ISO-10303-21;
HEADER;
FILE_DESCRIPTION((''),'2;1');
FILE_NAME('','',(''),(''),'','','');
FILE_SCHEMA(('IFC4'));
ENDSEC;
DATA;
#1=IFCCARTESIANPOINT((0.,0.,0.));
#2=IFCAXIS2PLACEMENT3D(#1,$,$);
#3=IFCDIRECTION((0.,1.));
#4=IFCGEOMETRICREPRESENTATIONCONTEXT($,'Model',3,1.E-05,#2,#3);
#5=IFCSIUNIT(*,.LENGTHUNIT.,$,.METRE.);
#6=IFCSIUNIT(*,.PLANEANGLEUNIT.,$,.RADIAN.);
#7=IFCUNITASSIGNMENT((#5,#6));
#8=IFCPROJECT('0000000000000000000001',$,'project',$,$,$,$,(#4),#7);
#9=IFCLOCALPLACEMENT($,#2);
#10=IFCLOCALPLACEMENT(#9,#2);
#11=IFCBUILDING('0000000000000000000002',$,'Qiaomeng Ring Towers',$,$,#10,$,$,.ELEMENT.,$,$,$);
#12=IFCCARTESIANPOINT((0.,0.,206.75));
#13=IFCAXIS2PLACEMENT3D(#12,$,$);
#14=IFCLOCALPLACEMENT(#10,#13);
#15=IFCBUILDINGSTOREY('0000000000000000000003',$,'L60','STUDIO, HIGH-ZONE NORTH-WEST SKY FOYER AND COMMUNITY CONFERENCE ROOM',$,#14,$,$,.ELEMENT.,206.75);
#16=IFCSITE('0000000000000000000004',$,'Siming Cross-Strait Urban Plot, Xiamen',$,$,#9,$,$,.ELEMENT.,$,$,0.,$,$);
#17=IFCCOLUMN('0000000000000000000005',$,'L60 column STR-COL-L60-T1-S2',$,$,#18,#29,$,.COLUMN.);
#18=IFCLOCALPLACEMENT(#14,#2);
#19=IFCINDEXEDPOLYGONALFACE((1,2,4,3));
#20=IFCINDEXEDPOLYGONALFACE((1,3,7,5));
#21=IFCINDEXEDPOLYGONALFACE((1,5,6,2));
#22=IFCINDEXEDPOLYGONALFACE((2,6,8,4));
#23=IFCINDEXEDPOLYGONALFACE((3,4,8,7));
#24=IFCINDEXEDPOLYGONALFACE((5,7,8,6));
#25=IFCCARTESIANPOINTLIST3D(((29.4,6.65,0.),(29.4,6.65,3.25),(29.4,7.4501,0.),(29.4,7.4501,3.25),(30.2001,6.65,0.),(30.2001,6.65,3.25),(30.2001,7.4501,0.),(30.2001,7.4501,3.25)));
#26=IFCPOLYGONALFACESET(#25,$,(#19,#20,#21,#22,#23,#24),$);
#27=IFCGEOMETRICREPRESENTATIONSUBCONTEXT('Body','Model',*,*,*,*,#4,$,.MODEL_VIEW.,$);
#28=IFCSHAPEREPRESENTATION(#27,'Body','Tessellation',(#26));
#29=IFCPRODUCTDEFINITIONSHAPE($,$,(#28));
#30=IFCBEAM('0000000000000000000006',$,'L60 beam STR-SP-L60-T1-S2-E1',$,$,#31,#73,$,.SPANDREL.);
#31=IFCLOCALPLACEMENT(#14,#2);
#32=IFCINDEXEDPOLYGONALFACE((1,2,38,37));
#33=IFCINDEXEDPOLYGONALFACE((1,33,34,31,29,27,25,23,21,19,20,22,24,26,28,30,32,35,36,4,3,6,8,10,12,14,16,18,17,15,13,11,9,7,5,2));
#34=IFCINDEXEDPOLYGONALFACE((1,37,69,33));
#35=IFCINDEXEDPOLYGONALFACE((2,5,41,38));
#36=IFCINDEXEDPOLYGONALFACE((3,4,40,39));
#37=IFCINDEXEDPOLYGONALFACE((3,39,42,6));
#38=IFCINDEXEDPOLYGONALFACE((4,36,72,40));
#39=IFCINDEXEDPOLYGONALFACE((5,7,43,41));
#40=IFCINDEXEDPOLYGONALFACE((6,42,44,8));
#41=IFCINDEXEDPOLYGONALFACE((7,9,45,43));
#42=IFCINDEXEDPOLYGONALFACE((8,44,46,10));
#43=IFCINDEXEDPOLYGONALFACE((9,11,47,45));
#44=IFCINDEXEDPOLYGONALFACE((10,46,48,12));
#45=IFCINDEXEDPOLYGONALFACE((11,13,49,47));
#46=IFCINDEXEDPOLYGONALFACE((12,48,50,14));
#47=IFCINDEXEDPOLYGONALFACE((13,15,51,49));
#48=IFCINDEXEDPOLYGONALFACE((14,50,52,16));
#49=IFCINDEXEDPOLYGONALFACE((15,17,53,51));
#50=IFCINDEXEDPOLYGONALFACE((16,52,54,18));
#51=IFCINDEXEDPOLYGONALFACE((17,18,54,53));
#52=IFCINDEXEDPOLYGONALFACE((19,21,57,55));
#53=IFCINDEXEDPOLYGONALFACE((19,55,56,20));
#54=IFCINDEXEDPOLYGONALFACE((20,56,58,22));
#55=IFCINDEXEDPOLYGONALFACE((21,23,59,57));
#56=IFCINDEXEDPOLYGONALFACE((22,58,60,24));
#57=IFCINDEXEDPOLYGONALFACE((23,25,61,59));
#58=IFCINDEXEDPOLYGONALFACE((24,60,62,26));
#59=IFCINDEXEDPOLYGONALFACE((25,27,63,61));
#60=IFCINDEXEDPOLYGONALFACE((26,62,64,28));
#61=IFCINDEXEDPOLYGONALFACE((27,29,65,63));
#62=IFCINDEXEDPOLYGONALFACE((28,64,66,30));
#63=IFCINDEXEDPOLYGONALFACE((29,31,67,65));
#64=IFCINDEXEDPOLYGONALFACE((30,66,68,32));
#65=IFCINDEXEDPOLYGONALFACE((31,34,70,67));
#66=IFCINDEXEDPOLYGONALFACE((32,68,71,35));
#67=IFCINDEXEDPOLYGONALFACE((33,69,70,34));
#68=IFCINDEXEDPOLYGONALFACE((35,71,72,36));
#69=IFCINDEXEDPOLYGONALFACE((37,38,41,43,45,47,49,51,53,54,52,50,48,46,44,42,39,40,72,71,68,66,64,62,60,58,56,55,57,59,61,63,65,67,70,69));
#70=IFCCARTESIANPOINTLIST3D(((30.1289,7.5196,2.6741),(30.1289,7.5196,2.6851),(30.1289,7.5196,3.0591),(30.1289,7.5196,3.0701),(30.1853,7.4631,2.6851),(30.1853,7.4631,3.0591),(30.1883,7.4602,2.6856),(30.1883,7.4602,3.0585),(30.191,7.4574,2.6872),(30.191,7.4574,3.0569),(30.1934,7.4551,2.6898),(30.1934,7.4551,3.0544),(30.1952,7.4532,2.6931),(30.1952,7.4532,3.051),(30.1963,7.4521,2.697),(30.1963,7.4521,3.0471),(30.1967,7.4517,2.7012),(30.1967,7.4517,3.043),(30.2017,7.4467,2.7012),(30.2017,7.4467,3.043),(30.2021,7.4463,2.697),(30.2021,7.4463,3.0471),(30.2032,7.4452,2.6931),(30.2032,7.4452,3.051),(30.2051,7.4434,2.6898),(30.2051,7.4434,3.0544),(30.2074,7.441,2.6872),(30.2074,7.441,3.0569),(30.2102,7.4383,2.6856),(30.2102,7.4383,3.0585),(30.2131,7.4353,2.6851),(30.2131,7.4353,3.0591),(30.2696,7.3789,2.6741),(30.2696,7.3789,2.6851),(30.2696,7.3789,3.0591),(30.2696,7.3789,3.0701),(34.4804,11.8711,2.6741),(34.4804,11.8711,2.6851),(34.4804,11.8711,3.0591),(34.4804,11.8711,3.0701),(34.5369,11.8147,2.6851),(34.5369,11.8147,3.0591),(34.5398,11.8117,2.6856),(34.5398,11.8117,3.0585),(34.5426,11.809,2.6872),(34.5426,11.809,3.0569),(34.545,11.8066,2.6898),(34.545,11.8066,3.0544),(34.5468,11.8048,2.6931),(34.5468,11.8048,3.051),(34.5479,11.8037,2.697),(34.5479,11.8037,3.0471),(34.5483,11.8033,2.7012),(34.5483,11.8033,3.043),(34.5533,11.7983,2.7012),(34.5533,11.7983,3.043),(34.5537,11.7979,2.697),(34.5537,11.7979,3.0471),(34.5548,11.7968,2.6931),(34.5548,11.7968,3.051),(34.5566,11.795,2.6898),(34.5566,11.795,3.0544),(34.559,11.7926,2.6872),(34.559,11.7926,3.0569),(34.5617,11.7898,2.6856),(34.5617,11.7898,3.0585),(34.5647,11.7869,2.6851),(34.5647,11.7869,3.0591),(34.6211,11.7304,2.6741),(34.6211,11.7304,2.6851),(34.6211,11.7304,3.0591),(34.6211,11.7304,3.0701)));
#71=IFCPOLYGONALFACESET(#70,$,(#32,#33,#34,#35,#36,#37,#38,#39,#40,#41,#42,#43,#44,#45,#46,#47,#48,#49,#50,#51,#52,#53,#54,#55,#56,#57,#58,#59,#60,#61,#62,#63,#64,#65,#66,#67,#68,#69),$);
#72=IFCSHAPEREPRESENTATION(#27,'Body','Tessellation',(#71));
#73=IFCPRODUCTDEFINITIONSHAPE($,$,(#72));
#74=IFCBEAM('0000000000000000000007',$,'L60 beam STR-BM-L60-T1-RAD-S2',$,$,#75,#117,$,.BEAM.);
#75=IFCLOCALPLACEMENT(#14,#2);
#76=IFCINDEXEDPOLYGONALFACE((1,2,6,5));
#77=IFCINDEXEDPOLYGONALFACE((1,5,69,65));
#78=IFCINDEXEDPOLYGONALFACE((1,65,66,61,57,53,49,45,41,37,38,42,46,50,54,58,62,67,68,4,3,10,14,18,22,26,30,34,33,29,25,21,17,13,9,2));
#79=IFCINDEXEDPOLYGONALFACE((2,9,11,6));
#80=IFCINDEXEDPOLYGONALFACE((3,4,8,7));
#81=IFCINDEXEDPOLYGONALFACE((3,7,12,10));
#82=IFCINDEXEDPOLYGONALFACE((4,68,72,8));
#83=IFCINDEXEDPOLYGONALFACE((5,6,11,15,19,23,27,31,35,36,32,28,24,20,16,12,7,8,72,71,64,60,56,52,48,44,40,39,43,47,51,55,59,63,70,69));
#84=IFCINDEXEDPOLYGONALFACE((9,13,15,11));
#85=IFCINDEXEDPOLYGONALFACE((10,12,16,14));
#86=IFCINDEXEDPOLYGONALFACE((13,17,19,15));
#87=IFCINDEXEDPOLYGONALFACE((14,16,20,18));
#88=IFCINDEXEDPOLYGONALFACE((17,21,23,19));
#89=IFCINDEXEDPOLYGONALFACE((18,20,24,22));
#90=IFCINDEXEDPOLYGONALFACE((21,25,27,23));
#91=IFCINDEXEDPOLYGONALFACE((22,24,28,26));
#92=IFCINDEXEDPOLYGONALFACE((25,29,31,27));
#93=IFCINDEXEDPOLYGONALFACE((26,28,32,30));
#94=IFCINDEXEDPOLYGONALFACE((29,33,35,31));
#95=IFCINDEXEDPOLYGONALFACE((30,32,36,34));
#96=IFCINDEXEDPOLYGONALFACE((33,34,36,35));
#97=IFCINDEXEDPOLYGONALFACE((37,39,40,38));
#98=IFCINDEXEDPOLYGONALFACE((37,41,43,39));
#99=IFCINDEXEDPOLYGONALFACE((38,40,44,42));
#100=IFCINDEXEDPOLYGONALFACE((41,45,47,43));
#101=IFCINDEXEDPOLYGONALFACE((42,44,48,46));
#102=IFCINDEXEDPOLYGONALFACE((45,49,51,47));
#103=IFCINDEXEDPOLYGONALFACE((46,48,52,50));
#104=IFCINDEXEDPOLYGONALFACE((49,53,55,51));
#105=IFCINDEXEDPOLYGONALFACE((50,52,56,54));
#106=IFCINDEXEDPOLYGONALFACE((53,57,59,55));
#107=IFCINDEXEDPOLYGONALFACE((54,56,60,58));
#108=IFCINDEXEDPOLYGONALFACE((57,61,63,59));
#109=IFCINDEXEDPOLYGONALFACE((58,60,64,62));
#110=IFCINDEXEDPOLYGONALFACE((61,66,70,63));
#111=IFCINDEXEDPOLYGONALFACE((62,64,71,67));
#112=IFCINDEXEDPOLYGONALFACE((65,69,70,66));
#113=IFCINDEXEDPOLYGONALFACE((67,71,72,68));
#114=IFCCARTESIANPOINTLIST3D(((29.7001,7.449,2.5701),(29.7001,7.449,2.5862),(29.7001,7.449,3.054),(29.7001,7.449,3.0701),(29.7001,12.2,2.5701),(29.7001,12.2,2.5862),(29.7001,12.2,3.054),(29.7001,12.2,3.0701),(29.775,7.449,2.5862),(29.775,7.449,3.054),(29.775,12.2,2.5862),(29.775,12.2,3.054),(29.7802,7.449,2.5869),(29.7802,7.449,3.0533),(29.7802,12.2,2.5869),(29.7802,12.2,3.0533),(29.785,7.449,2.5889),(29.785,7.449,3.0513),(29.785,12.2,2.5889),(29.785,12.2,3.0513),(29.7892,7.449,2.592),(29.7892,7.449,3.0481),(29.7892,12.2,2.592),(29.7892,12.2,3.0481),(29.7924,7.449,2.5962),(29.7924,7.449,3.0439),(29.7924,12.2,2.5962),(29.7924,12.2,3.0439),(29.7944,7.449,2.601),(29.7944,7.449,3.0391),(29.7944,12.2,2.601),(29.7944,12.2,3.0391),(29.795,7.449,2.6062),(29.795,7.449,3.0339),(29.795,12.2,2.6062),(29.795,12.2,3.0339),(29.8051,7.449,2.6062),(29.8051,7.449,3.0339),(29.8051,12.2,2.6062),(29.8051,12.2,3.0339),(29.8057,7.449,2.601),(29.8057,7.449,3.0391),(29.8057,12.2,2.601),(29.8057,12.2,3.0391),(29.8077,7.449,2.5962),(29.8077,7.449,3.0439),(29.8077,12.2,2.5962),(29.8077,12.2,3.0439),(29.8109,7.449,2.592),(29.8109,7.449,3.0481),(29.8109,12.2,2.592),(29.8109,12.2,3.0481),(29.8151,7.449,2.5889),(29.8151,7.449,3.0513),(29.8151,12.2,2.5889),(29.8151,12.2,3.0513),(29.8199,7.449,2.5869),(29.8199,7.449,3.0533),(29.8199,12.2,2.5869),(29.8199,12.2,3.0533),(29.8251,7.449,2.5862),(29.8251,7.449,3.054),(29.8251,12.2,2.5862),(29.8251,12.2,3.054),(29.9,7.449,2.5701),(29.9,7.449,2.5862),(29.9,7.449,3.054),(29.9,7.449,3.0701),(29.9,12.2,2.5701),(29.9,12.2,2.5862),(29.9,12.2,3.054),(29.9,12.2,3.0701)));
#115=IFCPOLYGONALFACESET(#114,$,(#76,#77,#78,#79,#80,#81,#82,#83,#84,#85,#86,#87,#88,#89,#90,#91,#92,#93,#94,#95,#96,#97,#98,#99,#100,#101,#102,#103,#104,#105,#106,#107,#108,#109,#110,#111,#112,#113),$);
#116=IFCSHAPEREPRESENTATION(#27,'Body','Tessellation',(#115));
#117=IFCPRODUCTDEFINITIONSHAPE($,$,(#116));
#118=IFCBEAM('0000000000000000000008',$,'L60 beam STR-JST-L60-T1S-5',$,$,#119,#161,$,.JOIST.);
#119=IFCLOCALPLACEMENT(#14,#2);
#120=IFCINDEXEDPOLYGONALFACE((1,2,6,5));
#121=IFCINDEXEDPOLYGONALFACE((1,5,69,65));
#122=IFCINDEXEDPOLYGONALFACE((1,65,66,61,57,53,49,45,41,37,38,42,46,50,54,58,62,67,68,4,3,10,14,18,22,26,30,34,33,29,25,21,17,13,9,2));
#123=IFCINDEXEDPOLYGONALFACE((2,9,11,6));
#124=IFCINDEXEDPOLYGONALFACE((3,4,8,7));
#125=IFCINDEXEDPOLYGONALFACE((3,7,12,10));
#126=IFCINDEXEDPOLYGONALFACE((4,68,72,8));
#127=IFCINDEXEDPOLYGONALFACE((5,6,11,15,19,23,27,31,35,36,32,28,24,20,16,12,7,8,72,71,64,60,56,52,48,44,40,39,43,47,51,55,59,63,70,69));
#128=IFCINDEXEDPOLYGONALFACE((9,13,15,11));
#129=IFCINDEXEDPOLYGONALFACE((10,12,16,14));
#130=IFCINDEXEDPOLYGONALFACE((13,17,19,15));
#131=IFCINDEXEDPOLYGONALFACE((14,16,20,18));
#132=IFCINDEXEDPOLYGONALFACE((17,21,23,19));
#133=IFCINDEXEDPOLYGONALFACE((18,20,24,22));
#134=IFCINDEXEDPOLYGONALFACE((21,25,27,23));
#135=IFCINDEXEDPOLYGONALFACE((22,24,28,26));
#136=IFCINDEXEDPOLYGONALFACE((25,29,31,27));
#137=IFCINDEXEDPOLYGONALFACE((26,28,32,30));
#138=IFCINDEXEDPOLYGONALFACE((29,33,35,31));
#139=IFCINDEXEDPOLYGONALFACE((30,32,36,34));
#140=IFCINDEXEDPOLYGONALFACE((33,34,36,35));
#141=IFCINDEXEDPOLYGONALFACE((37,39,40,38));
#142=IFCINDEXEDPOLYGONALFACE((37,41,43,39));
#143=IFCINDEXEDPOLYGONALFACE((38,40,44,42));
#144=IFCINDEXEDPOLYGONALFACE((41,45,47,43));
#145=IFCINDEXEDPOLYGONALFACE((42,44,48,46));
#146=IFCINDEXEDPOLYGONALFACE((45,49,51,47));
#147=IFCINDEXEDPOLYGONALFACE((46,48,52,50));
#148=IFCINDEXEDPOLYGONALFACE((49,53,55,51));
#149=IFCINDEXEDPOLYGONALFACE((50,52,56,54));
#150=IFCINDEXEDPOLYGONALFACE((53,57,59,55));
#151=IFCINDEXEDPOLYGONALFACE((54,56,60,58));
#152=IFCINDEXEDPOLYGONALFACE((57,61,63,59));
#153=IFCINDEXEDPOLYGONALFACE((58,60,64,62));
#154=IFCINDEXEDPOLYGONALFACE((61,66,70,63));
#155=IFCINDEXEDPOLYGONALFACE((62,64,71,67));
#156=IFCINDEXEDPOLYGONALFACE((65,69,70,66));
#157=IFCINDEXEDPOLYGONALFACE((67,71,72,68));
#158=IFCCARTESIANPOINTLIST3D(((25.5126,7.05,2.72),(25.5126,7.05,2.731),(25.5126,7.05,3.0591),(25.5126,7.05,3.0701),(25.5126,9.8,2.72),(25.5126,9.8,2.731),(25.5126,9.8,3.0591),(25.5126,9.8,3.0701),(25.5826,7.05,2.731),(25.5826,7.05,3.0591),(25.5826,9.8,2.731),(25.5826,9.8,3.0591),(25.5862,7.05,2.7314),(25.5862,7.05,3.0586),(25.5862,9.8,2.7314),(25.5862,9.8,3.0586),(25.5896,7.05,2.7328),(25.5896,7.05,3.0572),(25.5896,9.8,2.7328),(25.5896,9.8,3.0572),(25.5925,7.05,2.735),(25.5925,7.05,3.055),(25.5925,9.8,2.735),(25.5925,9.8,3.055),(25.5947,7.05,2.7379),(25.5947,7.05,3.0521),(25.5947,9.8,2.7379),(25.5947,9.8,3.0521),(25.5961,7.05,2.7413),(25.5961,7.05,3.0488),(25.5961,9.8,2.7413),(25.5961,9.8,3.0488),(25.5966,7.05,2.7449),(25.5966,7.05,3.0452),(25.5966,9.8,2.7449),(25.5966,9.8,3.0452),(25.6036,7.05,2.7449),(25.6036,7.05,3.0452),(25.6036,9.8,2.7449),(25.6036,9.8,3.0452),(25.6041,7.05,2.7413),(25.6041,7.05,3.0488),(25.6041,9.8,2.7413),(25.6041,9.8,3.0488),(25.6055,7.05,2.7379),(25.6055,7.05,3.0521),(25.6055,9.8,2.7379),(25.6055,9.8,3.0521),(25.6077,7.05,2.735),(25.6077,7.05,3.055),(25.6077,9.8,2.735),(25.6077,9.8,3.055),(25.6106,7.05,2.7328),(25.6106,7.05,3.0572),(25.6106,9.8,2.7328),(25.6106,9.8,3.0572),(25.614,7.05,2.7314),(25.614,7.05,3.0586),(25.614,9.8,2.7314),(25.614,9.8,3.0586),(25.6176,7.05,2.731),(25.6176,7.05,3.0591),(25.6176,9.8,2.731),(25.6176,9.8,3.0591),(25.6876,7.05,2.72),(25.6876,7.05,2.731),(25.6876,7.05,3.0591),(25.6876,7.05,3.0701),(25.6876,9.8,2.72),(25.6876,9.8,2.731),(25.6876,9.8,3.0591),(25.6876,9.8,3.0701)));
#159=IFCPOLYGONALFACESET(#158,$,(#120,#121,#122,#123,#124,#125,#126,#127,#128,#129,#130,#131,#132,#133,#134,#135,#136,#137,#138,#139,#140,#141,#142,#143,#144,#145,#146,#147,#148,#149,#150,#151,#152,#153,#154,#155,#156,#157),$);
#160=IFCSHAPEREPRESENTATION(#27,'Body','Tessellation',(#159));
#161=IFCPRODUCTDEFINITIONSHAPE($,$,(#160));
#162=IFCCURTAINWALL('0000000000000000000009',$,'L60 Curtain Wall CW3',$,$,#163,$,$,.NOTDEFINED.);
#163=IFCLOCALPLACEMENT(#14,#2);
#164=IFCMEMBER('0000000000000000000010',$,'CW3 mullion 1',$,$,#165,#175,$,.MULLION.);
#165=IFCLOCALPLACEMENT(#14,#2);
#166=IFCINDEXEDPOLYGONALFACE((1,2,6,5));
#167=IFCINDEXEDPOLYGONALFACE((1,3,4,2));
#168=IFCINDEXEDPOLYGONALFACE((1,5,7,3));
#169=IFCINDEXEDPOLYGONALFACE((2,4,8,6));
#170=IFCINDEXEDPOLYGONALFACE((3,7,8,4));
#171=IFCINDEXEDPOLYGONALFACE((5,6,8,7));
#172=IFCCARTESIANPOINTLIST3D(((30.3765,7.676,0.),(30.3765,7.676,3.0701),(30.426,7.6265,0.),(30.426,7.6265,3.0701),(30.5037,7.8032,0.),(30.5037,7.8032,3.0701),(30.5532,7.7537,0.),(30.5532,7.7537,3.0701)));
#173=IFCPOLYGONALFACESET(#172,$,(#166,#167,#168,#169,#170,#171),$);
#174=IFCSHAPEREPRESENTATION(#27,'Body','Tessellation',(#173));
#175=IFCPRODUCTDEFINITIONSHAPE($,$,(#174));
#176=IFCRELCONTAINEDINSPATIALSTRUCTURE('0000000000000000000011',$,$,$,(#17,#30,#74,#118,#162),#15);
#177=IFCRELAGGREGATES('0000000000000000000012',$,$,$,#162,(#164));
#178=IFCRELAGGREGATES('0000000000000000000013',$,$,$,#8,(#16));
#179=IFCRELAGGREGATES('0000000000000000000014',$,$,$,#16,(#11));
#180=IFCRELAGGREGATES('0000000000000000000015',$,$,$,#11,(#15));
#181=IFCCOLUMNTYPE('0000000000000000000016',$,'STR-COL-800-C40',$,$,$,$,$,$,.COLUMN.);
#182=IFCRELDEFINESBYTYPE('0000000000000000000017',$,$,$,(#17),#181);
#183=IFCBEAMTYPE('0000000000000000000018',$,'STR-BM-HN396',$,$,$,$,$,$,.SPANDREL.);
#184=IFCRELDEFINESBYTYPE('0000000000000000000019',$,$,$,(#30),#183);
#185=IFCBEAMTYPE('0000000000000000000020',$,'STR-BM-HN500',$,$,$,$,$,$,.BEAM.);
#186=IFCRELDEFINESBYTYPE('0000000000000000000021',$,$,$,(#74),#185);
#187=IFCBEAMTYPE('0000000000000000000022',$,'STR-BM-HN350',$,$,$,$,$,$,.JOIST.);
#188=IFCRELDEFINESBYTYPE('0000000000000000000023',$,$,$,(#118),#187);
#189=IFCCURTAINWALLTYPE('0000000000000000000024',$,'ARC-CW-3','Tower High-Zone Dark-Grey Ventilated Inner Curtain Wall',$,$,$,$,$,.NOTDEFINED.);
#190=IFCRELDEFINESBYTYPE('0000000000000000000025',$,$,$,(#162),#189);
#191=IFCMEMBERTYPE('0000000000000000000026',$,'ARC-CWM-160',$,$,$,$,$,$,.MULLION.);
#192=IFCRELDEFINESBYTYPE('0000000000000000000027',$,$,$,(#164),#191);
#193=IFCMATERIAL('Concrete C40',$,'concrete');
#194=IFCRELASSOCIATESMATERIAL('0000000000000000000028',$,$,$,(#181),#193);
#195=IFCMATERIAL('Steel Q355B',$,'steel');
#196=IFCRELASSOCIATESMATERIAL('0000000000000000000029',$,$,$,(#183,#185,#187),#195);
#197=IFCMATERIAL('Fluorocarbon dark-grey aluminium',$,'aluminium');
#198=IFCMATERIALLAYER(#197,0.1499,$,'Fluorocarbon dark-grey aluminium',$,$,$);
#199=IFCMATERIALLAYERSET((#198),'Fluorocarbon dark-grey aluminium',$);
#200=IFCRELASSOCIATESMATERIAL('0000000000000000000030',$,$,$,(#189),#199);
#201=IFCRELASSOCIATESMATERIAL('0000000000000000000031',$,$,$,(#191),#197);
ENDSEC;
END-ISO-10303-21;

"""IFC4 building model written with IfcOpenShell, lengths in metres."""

from ifc_helpers import new_model, si_unit, direction, frame, origin, origin_2d, place, context, subcontext, project, spatial, rectangle, i_section, extrude, source, transform, mapped, material, layer, layer_set, material_profile, profile_set, type_object, element, aggregate, save


model = new_model("IFC4")

# Units and contexts
model_context = context("Model", 3, precision=1e-05, world=origin(), true_north=direction((0.0, 1.0)))
body_context = subcontext(model_context, "Body", "Model", "MODEL_VIEW")
ifc_project = project(units=[si_unit("LENGTHUNIT", "METRE"), si_unit("PLANEANGLEUNIT", "RADIAN")], contexts=[model_context])

# Site, building, storey
site_placement = place(None, origin())
site = spatial("IfcSite", under=ifc_project, at=site_placement, Name="Siming Cross-Strait Urban Plot, Xiamen", CompositionType="ELEMENT", RefElevation=0.0)
building_placement = place(site_placement, origin())
building = spatial("IfcBuilding", under=site, at=building_placement, Name="Qiaomeng Ring Towers", CompositionType="ELEMENT")
storey_placement = place(building_placement, frame((0.0, 0.0, 206.75)))
storey = spatial("IfcBuildingStorey", under=building, at=storey_placement, Name="L60", Description="STUDIO, HIGH-ZONE NORTH-WEST SKY FOYER AND COMMUNITY CONFERENCE ROOM", CompositionType="ELEMENT", Elevation=206.75)

# Column
ifc_material_1 = material(Name="Concrete C40", Category="concrete")
ifc_material_profile_1 = material_profile(ifc_material_1, rectangle(XDim=0.8, YDim=0.8, at=origin_2d()), Name="RC COL 800x800")
ifc_profile_set_1 = profile_set([ifc_material_profile_1], Name="Concrete C40")
column_type = type_object("IfcColumnType", Name="STR-COL-800-C40", PredefinedType="COLUMN", material=ifc_profile_set_1)
shared_shape_1 = source(origin(), body_context, "Body", "SweptSolid", [
    extrude(rectangle(XDim=0.8, YDim=0.8, at=origin_2d()), origin(), (0.0, 0.0, 1.0), 3.25),
])
column_placement = place(storey_placement, frame((29.8, 7.05, 0.0), z_axis=(0.0, 0.0, 1.0), x_axis=(1.0, 0.0, 0.0)))
element("IfcColumn", 1, at=column_placement, inside=storey, type_object=column_type, Name="L60 column STR-COL-L60-T1-S2", PredefinedType="COLUMN", context=body_context, shape_type="MappedRepresentation", body=[
    mapped(shared_shape_1, transform((0.0, 0.0, 0.0), x_axis=(1.0, 0.0, 0.0), y_axis=(0.0, 1.0, 0.0), z_axis=(0.0, 0.0, 1.0), scale=1.0)),
])

# Beams
ifc_material_2 = material(Name="Steel Q355B", Category="steel")
ifc_material_profile_2 = material_profile(ifc_material_2, i_section(OverallWidth=0.199, OverallDepth=0.396, WebThickness=0.0071, FlangeThickness=0.011, FilletRadius=0.0161, at=origin_2d()), Name="HN 396x199x7x11")
ifc_profile_set_2 = profile_set([ifc_material_profile_2], Name="Steel Q355B")
beam_type_1 = type_object("IfcBeamType", Name="STR-BM-HN396", PredefinedType="SPANDREL", material=ifc_profile_set_2)
shared_shape_2 = source(origin(), body_context, "Body", "SweptSolid", [
    extrude(i_section(OverallWidth=0.199, OverallDepth=0.396, WebThickness=0.0071, FlangeThickness=0.011, FilletRadius=0.0161, at=origin_2d()), origin(), (0.0, 0.0, 1.0), 6.1541),
])
beam_1_placement = place(storey_placement, frame((30.1992, 7.4492, 2.8721), z_axis=(0.707107, 0.707107, 0.0), x_axis=(-0.707107, 0.707107, 0.0)))
element("IfcBeam", 2, at=beam_1_placement, inside=storey, type_object=beam_type_1, Name="L60 beam STR-SP-L60-T1-S2-E1", PredefinedType="SPANDREL", context=body_context, shape_type="MappedRepresentation", body=[
    mapped(shared_shape_2, transform((0.0, 0.0, 0.0), x_axis=(1.0, 0.0, 0.0), y_axis=(0.0, 1.0, 0.0), z_axis=(0.0, 0.0, 1.0), scale=1.0)),
])
ifc_material_profile_3 = material_profile(ifc_material_2, i_section(OverallWidth=0.2, OverallDepth=0.5, WebThickness=0.01, FlangeThickness=0.0161, FilletRadius=0.02, at=origin_2d()), Name="HN 500x200x10x16")
ifc_profile_set_3 = profile_set([ifc_material_profile_3], Name="Steel Q355B")
beam_type_2 = type_object("IfcBeamType", Name="STR-BM-HN500", PredefinedType="BEAM", material=ifc_profile_set_3)
shared_shape_3 = source(origin(), body_context, "Body", "SweptSolid", [
    extrude(i_section(OverallWidth=0.2, OverallDepth=0.5, WebThickness=0.01, FlangeThickness=0.0161, FilletRadius=0.02, at=origin_2d()), origin(), (0.0, 0.0, 1.0), 4.751),
])
beam_2_placement = place(storey_placement, frame((29.8, 7.449, 2.8201), z_axis=(0.0, 1.0, 0.0), x_axis=(-1.0, 0.0, 0.0)))
element("IfcBeam", 3, at=beam_2_placement, inside=storey, type_object=beam_type_2, Name="L60 beam STR-BM-L60-T1-RAD-S2", PredefinedType="BEAM", context=body_context, shape_type="MappedRepresentation", body=[
    mapped(shared_shape_3, transform((0.0, 0.0, 0.0), x_axis=(1.0, 0.0, 0.0), y_axis=(0.0, 1.0, 0.0), z_axis=(0.0, 0.0, 1.0), scale=1.0)),
])
ifc_material_profile_4 = material_profile(ifc_material_2, i_section(OverallWidth=0.175, OverallDepth=0.3501, WebThickness=0.0071, FlangeThickness=0.011, FilletRadius=0.0139, at=origin_2d()), Name="HN 350x175x7x11")
ifc_profile_set_4 = profile_set([ifc_material_profile_4], Name="Steel Q355B")
beam_type_3 = type_object("IfcBeamType", Name="STR-BM-HN350", PredefinedType="JOIST", material=ifc_profile_set_4)
shared_shape_4 = source(origin(), body_context, "Body", "SweptSolid", [
    extrude(i_section(OverallWidth=0.175, OverallDepth=0.3501, WebThickness=0.0071, FlangeThickness=0.011, FilletRadius=0.0139, at=origin_2d()), origin(), (0.0, 0.0, 1.0), 2.75),
])
beam_3_placement = place(storey_placement, frame((25.6001, 7.05, 2.895), z_axis=(0.0, 1.0, 0.0), x_axis=(-1.0, 0.0, 0.0)))
element("IfcBeam", 4, at=beam_3_placement, inside=storey, type_object=beam_type_3, Name="L60 beam STR-JST-L60-T1S-5", PredefinedType="JOIST", context=body_context, shape_type="MappedRepresentation", body=[
    mapped(shared_shape_4, transform((0.0, 0.0, 0.0), x_axis=(1.0, 0.0, 0.0), y_axis=(0.0, 1.0, 0.0), z_axis=(0.0, 0.0, 1.0), scale=1.0)),
])

# Curtain wall, member
ifc_material_3 = material(Name="Fluorocarbon dark-grey aluminium", Category="aluminium")
ifc_layer_1 = layer(ifc_material_3, 0.1499, Name="Fluorocarbon dark-grey aluminium")
ifc_layer_set_1 = layer_set([ifc_layer_1], Name="Fluorocarbon dark-grey aluminium")
curtain_wall_type = type_object("IfcCurtainWallType", Name="ARC-CW-3", Description="Tower High-Zone Dark-Grey Ventilated Inner Curtain Wall", PredefinedType="NOTDEFINED", material=ifc_layer_set_1)
curtain_wall_placement = place(storey_placement, origin())
curtain_wall = element("IfcCurtainWall", 5, at=curtain_wall_placement, inside=storey, type_object=curtain_wall_type, Name="L60 Curtain Wall CW3", PredefinedType="NOTDEFINED")
ifc_material_profile_5 = material_profile(ifc_material_3, rectangle(XDim=0.0701, YDim=0.1799, at=origin_2d()), Name="ALU MULL 70x180")
ifc_profile_set_5 = profile_set([ifc_material_profile_5], Name="Fluorocarbon dark-grey aluminium")
member_type_1 = type_object("IfcMemberType", Name="ARC-CWM-160", PredefinedType="MULLION", material=ifc_profile_set_5)
shared_shape_5 = source(origin(), body_context, "Body", "SweptSolid", [
    extrude(rectangle(XDim=0.0701, YDim=0.1799, at=origin_2d()), origin(), (0.0, 0.0, 1.0), 3.0701),
])
member_1_placement = place(storey_placement, frame((30.4648, 7.7148, 0.0), z_axis=(0.0, 0.0, 1.0), x_axis=(-0.707107, 0.707107, 0.0)))
member_1 = element("IfcMember", 6, at=member_1_placement, type_object=member_type_1, Name="CW3 mullion 1", PredefinedType="MULLION", context=body_context, shape_type="MappedRepresentation", body=[
    mapped(shared_shape_5, transform((0.0, 0.0, 0.0), x_axis=(1.0, 0.0, 0.0), y_axis=(0.0, 1.0, 0.0), z_axis=(0.0, 0.0, 1.0), scale=1.0)),
])
aggregate(curtain_wall, [member_1])

save(model, "model.ifc")
